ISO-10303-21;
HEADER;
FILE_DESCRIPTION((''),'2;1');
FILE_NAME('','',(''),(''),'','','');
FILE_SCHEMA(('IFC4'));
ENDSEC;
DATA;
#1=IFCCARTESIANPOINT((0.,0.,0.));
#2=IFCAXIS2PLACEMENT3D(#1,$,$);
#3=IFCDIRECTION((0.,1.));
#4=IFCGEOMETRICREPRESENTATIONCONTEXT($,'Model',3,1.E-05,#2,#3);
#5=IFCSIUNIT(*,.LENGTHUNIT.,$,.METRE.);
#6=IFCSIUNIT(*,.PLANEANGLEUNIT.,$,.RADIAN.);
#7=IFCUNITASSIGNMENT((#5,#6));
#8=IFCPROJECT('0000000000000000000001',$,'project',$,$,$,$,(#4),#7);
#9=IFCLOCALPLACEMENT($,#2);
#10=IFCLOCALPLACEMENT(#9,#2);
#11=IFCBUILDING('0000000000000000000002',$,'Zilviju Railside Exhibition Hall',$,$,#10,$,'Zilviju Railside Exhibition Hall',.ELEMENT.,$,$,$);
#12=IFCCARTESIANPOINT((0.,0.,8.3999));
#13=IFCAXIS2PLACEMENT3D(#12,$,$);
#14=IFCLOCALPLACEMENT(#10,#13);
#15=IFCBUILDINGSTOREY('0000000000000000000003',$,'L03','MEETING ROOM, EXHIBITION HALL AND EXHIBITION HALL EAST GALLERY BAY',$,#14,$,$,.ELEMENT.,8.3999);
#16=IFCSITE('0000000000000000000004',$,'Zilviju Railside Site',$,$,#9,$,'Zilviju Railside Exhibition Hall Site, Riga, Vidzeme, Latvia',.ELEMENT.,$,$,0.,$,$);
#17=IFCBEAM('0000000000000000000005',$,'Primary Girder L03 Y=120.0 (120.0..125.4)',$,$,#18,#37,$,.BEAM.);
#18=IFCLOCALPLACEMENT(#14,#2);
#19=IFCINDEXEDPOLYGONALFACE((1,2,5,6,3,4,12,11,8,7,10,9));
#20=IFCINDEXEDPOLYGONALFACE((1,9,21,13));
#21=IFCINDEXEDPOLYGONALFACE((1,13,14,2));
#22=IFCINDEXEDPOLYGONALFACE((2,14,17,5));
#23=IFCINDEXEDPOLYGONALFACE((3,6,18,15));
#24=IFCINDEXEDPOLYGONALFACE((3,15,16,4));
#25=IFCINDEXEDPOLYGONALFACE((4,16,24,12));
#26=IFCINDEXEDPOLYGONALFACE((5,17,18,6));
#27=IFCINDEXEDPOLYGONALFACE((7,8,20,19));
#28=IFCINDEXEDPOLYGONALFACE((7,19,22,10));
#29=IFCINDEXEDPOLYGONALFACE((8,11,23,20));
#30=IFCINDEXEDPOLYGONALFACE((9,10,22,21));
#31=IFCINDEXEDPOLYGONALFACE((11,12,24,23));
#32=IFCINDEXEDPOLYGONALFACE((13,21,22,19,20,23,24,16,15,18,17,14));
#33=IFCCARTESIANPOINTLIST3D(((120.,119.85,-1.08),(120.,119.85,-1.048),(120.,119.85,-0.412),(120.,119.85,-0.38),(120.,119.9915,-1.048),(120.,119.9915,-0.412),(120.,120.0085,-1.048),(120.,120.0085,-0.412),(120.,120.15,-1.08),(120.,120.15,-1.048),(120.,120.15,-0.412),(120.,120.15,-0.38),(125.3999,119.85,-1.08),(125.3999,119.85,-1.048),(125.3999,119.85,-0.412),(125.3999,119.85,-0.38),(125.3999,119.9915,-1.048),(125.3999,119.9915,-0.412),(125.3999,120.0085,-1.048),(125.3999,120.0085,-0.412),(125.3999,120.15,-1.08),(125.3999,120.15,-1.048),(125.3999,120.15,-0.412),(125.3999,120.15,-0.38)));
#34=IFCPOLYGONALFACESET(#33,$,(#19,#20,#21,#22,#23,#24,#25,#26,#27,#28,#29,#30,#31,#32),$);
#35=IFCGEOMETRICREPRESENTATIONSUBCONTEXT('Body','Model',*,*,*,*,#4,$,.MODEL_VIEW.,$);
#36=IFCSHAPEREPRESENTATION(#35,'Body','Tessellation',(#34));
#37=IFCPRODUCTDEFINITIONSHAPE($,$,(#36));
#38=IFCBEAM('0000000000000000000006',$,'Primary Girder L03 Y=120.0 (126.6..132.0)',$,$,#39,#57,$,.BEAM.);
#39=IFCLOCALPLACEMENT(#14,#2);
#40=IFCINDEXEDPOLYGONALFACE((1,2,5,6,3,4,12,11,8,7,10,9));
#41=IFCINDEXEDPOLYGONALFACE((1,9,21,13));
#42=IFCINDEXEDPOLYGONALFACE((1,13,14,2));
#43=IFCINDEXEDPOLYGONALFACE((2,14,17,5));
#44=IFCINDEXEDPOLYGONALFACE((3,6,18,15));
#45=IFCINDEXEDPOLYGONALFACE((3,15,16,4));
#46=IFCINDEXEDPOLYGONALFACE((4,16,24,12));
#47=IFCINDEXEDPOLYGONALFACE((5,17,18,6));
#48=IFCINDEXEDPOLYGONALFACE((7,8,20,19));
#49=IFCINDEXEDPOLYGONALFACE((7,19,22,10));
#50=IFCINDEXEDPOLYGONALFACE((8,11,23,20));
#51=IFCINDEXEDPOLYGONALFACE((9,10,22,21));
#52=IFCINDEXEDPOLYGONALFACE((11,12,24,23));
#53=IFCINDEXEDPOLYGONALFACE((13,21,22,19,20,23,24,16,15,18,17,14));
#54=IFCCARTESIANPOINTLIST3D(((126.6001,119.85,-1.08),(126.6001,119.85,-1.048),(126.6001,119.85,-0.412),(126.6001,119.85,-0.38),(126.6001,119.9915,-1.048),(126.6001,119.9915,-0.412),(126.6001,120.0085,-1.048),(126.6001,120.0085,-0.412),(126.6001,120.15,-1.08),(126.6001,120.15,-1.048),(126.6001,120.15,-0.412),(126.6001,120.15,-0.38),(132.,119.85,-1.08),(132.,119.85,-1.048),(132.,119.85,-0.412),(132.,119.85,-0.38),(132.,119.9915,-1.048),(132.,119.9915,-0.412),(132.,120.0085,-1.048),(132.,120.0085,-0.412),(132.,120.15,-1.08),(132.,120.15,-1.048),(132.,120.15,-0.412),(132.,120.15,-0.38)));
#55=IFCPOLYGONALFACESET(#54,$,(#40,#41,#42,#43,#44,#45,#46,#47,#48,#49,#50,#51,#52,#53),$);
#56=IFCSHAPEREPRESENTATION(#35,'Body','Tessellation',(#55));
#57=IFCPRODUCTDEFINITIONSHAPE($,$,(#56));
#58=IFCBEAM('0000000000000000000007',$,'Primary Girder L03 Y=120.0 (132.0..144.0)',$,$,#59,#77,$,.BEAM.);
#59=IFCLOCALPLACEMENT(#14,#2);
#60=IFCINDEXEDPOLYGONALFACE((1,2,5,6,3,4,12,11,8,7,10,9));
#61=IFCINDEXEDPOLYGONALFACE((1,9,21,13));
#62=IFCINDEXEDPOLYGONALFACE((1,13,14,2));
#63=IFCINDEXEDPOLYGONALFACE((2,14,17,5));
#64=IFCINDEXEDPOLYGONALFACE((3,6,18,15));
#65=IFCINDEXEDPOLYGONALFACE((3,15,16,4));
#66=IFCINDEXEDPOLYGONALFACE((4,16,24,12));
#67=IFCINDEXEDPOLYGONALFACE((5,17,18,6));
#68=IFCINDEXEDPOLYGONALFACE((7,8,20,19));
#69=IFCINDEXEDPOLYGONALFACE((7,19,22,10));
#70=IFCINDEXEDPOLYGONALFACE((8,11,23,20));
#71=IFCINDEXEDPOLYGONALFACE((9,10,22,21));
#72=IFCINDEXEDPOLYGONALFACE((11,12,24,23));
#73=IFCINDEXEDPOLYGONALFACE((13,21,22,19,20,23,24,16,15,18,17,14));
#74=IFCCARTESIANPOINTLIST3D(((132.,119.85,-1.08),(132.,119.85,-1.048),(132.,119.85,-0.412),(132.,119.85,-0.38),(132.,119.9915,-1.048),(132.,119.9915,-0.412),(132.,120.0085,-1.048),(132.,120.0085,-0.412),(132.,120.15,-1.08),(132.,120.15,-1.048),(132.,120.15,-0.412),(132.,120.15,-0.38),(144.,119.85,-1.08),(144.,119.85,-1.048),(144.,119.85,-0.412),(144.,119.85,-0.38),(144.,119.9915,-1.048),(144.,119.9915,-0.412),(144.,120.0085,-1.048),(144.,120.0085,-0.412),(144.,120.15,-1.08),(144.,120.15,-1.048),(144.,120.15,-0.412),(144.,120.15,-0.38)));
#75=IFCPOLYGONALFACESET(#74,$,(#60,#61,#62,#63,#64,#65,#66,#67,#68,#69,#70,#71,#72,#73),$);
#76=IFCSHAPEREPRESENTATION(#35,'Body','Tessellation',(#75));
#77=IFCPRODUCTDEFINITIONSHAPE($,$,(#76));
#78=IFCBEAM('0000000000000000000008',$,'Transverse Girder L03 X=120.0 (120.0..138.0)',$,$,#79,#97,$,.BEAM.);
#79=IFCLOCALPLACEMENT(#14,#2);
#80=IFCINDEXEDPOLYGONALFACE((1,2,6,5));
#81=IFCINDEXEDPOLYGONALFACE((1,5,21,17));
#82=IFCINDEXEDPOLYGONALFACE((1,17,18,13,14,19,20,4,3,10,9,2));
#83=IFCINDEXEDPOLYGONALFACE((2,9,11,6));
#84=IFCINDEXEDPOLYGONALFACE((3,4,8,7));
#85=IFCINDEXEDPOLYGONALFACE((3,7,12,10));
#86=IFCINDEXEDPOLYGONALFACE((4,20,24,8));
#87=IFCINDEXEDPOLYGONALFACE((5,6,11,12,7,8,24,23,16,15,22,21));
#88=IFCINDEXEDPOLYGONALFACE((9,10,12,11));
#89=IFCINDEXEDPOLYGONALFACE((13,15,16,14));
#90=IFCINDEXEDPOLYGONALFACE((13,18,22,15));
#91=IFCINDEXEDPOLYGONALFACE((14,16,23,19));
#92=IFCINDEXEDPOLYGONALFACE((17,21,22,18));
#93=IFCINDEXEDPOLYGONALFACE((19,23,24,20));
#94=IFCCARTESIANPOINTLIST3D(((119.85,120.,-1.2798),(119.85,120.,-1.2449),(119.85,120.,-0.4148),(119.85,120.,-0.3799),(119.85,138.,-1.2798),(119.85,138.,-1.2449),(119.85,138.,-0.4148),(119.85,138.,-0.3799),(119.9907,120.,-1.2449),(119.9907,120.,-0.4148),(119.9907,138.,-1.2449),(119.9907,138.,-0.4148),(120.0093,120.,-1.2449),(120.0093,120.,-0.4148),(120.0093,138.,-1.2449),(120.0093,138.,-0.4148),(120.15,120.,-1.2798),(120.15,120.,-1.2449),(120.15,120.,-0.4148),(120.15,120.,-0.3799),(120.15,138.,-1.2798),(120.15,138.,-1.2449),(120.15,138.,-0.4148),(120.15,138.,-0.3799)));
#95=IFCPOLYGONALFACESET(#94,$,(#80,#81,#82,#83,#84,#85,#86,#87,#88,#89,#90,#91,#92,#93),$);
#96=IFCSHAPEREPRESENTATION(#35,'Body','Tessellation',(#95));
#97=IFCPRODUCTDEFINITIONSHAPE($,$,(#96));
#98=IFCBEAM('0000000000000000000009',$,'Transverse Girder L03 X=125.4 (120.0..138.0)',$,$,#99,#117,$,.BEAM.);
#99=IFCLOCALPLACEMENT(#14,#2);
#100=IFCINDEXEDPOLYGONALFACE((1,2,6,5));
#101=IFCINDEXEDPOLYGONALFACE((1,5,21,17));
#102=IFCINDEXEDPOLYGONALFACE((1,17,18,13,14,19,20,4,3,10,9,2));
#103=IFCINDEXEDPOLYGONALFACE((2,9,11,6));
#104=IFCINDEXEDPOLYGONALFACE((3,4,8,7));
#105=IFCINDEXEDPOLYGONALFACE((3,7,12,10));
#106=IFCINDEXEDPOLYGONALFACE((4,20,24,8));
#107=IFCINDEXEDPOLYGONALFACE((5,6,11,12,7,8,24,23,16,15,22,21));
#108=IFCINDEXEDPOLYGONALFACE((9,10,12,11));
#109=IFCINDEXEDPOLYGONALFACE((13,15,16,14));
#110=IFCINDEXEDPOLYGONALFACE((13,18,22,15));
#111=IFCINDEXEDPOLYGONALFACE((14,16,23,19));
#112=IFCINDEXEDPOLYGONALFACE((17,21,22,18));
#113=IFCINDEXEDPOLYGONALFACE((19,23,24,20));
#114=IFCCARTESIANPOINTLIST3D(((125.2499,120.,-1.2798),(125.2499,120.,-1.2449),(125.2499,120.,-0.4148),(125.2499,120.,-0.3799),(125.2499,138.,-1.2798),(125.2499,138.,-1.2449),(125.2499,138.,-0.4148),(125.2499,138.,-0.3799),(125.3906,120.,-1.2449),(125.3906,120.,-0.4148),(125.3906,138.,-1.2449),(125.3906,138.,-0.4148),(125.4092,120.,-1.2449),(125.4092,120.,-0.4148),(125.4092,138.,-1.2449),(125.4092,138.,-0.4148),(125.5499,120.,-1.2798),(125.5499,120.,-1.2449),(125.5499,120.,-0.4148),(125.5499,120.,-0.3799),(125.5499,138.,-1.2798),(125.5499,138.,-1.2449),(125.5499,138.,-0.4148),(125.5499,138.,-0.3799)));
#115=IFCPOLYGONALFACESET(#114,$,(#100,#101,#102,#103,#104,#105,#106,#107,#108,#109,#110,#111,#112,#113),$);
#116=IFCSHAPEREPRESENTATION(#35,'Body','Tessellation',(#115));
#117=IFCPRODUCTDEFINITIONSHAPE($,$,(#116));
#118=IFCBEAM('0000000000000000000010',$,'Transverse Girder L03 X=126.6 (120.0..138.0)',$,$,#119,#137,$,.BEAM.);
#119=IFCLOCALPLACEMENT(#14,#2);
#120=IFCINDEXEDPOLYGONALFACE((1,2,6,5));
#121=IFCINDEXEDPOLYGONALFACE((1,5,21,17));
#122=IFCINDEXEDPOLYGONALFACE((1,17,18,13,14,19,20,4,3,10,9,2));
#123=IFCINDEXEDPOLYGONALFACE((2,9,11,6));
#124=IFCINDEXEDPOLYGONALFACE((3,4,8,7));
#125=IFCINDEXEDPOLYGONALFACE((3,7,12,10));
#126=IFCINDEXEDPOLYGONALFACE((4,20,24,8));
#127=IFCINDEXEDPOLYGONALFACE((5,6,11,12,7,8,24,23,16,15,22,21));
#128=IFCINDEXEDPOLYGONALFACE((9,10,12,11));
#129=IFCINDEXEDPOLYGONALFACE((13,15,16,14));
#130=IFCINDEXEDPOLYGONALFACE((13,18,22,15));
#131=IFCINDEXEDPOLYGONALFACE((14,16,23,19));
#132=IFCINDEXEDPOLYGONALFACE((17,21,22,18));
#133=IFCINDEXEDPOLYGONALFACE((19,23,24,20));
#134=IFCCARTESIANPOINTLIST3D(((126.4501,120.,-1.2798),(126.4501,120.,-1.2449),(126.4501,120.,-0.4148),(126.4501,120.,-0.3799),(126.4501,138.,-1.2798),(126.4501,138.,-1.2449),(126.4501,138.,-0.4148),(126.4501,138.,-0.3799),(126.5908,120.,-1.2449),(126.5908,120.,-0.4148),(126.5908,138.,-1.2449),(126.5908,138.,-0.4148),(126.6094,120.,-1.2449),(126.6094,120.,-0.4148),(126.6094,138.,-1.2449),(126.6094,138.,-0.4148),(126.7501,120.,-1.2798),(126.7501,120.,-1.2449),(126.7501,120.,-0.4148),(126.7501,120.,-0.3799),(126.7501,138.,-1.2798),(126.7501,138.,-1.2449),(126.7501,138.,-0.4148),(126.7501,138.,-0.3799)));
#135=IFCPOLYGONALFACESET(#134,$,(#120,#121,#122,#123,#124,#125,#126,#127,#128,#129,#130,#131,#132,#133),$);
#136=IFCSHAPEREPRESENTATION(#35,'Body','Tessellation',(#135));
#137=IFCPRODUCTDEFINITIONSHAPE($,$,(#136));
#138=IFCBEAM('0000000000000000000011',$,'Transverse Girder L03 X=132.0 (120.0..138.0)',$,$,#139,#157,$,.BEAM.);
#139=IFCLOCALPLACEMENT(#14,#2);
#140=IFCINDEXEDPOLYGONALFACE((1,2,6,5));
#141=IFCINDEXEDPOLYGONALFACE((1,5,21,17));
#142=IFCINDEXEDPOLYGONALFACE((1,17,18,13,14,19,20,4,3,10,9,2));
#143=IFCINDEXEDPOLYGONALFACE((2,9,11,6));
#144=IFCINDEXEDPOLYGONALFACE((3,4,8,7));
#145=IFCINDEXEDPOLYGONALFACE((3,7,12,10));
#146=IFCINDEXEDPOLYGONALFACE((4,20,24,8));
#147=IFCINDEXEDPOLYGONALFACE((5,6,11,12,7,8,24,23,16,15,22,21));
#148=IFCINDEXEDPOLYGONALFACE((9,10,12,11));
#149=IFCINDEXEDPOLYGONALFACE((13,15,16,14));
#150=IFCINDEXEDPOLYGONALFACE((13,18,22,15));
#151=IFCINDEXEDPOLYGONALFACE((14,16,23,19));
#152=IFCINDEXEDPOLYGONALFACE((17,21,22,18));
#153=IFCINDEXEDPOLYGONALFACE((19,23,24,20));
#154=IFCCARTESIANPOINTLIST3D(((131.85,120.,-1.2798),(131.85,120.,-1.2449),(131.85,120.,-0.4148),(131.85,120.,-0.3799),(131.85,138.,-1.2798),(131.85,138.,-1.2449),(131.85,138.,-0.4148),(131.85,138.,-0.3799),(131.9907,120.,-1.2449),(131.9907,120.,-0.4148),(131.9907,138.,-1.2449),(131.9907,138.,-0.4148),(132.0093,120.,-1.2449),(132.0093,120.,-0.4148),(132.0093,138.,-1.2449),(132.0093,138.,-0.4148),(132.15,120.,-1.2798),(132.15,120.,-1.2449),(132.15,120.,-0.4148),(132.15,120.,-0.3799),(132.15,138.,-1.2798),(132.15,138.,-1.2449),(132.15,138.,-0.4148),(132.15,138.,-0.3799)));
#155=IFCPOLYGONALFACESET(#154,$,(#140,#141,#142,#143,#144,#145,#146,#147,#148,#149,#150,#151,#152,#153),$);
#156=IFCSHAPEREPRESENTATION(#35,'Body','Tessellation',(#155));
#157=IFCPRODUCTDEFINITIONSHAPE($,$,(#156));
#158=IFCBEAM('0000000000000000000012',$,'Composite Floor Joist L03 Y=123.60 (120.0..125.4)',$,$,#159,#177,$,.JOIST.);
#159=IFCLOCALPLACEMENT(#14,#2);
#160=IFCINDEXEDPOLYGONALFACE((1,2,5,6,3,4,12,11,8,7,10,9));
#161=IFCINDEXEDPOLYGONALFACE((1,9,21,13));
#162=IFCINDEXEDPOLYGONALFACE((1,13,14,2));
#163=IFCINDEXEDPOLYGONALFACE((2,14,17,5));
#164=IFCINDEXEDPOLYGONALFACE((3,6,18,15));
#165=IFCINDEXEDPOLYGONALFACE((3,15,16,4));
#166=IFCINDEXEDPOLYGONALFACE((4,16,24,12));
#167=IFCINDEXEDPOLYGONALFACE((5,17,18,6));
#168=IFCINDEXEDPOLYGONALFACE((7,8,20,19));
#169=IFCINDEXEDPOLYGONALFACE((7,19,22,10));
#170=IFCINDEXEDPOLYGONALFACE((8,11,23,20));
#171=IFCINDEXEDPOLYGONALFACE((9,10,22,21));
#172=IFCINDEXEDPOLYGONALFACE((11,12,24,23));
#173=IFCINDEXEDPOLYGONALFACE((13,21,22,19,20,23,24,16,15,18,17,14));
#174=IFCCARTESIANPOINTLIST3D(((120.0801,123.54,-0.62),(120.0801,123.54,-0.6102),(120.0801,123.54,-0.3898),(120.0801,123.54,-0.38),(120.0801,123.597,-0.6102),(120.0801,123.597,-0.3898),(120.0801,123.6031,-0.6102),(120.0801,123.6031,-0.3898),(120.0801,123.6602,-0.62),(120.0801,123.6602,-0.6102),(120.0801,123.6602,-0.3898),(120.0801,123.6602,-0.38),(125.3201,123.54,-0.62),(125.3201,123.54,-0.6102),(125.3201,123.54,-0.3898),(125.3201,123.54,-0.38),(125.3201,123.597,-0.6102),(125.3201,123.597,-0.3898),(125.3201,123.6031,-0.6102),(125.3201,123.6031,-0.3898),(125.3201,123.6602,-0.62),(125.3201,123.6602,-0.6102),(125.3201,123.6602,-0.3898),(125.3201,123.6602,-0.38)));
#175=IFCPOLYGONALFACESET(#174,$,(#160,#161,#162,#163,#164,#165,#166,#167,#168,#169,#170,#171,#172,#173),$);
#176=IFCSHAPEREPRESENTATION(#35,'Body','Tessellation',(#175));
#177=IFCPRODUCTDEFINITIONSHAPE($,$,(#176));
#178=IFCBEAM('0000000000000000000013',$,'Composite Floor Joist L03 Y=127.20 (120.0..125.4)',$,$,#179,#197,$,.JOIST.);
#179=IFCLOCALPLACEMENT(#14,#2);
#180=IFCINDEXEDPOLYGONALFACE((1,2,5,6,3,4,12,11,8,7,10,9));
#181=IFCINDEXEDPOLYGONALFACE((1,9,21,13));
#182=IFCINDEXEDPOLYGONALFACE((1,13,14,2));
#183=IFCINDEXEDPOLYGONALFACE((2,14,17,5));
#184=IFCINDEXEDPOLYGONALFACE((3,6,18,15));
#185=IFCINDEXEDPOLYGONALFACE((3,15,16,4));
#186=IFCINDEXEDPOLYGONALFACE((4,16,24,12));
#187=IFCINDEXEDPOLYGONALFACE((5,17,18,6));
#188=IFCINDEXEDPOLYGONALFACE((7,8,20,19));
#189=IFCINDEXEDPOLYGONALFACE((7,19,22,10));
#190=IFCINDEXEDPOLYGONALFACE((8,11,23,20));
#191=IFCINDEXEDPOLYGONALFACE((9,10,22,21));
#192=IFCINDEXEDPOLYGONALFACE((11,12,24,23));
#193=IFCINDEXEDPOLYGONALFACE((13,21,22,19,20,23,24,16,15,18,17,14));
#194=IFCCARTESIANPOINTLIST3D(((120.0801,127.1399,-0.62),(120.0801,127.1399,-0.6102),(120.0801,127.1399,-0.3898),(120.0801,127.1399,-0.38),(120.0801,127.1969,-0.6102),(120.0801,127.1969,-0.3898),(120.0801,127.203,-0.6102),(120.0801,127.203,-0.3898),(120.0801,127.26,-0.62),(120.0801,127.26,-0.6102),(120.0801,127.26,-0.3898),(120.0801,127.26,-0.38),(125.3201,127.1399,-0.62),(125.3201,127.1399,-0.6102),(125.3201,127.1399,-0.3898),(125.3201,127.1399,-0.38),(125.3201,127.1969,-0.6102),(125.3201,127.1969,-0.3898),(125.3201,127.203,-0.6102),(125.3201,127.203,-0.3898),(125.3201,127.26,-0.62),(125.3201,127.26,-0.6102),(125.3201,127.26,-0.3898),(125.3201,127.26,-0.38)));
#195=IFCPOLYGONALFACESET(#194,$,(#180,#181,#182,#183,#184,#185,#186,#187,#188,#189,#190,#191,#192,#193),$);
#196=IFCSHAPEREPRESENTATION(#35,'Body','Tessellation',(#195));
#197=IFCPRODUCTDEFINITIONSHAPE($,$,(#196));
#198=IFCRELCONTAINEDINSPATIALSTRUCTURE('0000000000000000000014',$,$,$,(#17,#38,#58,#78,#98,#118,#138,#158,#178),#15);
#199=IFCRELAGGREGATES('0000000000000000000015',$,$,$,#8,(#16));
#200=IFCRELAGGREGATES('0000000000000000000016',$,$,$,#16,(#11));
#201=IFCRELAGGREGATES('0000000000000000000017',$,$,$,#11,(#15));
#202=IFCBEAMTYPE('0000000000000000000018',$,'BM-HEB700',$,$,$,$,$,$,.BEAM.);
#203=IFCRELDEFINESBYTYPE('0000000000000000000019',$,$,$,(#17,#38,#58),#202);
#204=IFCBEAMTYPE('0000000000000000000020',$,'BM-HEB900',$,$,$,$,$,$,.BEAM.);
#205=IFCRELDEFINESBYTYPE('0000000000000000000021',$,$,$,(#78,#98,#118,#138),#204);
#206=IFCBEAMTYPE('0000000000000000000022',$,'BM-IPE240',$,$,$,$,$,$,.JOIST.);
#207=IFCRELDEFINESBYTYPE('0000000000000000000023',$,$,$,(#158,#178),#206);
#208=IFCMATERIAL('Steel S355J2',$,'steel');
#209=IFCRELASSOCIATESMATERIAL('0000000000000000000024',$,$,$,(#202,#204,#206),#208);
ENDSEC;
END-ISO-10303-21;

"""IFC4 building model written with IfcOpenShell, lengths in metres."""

from ifc_helpers import new_model, si_unit, direction, frame, origin, origin_2d, place, context, subcontext, project, spatial, i_section, extrude, material, material_profile, profile_set, type_object, element, save


model = new_model("IFC4")

# Units and contexts
model_context = context("Model", 3, precision=1e-05, world=origin(), true_north=direction((0.0, 1.0)))
body_context = subcontext(model_context, "Body", "Model", "MODEL_VIEW")
ifc_project = project(units=[si_unit("LENGTHUNIT", "METRE"), si_unit("PLANEANGLEUNIT", "RADIAN")], contexts=[model_context])

# Site, building, storey
site_placement = place(None, origin())
site = spatial("IfcSite", under=ifc_project, at=site_placement, Name="Zilviju Railside Site", LongName="Zilviju Railside Exhibition Hall Site, Riga, Vidzeme, Latvia", CompositionType="ELEMENT", RefElevation=0.0)
building_placement = place(site_placement, origin())
building = spatial("IfcBuilding", under=site, at=building_placement, Name="Zilviju Railside Exhibition Hall", LongName="Zilviju Railside Exhibition Hall", CompositionType="ELEMENT")
storey_placement = place(building_placement, frame((0.0, 0.0, 8.3999)))
storey = spatial("IfcBuildingStorey", under=building, at=storey_placement, Name="L03", Description="MEETING ROOM, EXHIBITION HALL AND EXHIBITION HALL EAST GALLERY BAY", CompositionType="ELEMENT", Elevation=8.3999)

# Beams
ifc_material = material(Name="Steel S355J2", Category="steel")
ifc_material_profile_1 = material_profile(ifc_material, i_section(OverallWidth=0.3, OverallDepth=0.7, WebThickness=0.0171, FlangeThickness=0.032, at=origin_2d()), Name="HEB 700")
ifc_profile_set_1 = profile_set([ifc_material_profile_1], Name="Steel S355J2")
beam_type_1 = type_object("IfcBeamType", Name="BM-HEB700", PredefinedType="BEAM", material=ifc_profile_set_1)
for number, where, z_axis, x_axis, name in (
    (1, (120.0, 120.0, -0.73), (1.0, 0.0, 0.0), (0.0, 1.0, 0.0), "Primary Girder L03 Y=120.0 (120.0..125.4)"),
    (2, (126.6001, 120.0, -0.73), (1.0, 0.0, 0.0), (0.0, 1.0, 0.0), "Primary Girder L03 Y=120.0 (126.6..132.0)"),
):
    element("IfcBeam", number, at=place(storey_placement, frame(where, z_axis=z_axis, x_axis=x_axis)), inside=storey, type_object=beam_type_1, Name=name, PredefinedType="BEAM", context=body_context, shape_type="SweptSolid", body=[
        extrude(i_section(OverallWidth=0.3, OverallDepth=0.7, WebThickness=0.0171, FlangeThickness=0.032, at=origin_2d()), origin(), (0.0, 0.0, 1.0), 5.3999),
    ])
beam_placement = place(storey_placement, frame((132.0, 120.0, -0.73), z_axis=(1.0, 0.0, 0.0), x_axis=(0.0, 1.0, 0.0)))
element("IfcBeam", 3, at=beam_placement, inside=storey, type_object=beam_type_1, Name="Primary Girder L03 Y=120.0 (132.0..144.0)", PredefinedType="BEAM", context=body_context, shape_type="SweptSolid", body=[
    extrude(i_section(OverallWidth=0.3, OverallDepth=0.7, WebThickness=0.0171, FlangeThickness=0.032, at=origin_2d()), origin(), (0.0, 0.0, 1.0), 12.0),
])
ifc_material_profile_2 = material_profile(ifc_material, i_section(OverallWidth=0.3, OverallDepth=0.8999, WebThickness=0.0186, FlangeThickness=0.0349, at=origin_2d()), Name="HEB 900")
ifc_profile_set_2 = profile_set([ifc_material_profile_2], Name="Steel S355J2")
beam_type_2 = type_object("IfcBeamType", Name="BM-HEB900", PredefinedType="BEAM", material=ifc_profile_set_2)
for number, where, z_axis, x_axis, name in (
    (4, (120.0, 120.0, -0.8298), (0.0, 1.0, 0.0), (-1.0, 0.0, 0.0), "Transverse Girder L03 X=120.0 (120.0..138.0)"),
    (5, (125.3999, 120.0, -0.8298), (0.0, 1.0, 0.0), (-1.0, 0.0, 0.0), "Transverse Girder L03 X=125.4 (120.0..138.0)"),
    (6, (126.6001, 120.0, -0.8298), (0.0, 1.0, 0.0), (-1.0, 0.0, 0.0), "Transverse Girder L03 X=126.6 (120.0..138.0)"),
    (7, (132.0, 120.0, -0.8298), (0.0, 1.0, 0.0), (-1.0, 0.0, 0.0), "Transverse Girder L03 X=132.0 (120.0..138.0)"),
):
    element("IfcBeam", number, at=place(storey_placement, frame(where, z_axis=z_axis, x_axis=x_axis)), inside=storey, type_object=beam_type_2, Name=name, PredefinedType="BEAM", context=body_context, shape_type="SweptSolid", body=[
        extrude(i_section(OverallWidth=0.3, OverallDepth=0.8999, WebThickness=0.0186, FlangeThickness=0.0349, at=origin_2d()), origin(), (0.0, 0.0, 1.0), 18.0),
    ])
ifc_material_profile_3 = material_profile(ifc_material, i_section(OverallWidth=0.1201, OverallDepth=0.24, WebThickness=0.0061, FlangeThickness=0.0098, at=origin_2d()), Name="IPE 240")
ifc_profile_set_3 = profile_set([ifc_material_profile_3], Name="Steel S355J2")
beam_type_3 = type_object("IfcBeamType", Name="BM-IPE240", PredefinedType="JOIST", material=ifc_profile_set_3)
for number, where, z_axis, x_axis, name in (
    (8, (120.0801, 123.6001, -0.5), (1.0, 0.0, 0.0), (0.0, 1.0, 0.0), "Composite Floor Joist L03 Y=123.60 (120.0..125.4)"),
    (9, (120.0801, 127.2, -0.5), (1.0, 0.0, 0.0), (0.0, 1.0, 0.0), "Composite Floor Joist L03 Y=127.20 (120.0..125.4)"),
):
    element("IfcBeam", number, at=place(storey_placement, frame(where, z_axis=z_axis, x_axis=x_axis)), inside=storey, type_object=beam_type_3, Name=name, PredefinedType="JOIST", context=body_context, shape_type="SweptSolid", body=[
        extrude(i_section(OverallWidth=0.1201, OverallDepth=0.24, WebThickness=0.0061, FlangeThickness=0.0098, at=origin_2d()), origin(), (0.0, 0.0, 1.0), 5.24),
    ])

save(model, "model.ifc")
